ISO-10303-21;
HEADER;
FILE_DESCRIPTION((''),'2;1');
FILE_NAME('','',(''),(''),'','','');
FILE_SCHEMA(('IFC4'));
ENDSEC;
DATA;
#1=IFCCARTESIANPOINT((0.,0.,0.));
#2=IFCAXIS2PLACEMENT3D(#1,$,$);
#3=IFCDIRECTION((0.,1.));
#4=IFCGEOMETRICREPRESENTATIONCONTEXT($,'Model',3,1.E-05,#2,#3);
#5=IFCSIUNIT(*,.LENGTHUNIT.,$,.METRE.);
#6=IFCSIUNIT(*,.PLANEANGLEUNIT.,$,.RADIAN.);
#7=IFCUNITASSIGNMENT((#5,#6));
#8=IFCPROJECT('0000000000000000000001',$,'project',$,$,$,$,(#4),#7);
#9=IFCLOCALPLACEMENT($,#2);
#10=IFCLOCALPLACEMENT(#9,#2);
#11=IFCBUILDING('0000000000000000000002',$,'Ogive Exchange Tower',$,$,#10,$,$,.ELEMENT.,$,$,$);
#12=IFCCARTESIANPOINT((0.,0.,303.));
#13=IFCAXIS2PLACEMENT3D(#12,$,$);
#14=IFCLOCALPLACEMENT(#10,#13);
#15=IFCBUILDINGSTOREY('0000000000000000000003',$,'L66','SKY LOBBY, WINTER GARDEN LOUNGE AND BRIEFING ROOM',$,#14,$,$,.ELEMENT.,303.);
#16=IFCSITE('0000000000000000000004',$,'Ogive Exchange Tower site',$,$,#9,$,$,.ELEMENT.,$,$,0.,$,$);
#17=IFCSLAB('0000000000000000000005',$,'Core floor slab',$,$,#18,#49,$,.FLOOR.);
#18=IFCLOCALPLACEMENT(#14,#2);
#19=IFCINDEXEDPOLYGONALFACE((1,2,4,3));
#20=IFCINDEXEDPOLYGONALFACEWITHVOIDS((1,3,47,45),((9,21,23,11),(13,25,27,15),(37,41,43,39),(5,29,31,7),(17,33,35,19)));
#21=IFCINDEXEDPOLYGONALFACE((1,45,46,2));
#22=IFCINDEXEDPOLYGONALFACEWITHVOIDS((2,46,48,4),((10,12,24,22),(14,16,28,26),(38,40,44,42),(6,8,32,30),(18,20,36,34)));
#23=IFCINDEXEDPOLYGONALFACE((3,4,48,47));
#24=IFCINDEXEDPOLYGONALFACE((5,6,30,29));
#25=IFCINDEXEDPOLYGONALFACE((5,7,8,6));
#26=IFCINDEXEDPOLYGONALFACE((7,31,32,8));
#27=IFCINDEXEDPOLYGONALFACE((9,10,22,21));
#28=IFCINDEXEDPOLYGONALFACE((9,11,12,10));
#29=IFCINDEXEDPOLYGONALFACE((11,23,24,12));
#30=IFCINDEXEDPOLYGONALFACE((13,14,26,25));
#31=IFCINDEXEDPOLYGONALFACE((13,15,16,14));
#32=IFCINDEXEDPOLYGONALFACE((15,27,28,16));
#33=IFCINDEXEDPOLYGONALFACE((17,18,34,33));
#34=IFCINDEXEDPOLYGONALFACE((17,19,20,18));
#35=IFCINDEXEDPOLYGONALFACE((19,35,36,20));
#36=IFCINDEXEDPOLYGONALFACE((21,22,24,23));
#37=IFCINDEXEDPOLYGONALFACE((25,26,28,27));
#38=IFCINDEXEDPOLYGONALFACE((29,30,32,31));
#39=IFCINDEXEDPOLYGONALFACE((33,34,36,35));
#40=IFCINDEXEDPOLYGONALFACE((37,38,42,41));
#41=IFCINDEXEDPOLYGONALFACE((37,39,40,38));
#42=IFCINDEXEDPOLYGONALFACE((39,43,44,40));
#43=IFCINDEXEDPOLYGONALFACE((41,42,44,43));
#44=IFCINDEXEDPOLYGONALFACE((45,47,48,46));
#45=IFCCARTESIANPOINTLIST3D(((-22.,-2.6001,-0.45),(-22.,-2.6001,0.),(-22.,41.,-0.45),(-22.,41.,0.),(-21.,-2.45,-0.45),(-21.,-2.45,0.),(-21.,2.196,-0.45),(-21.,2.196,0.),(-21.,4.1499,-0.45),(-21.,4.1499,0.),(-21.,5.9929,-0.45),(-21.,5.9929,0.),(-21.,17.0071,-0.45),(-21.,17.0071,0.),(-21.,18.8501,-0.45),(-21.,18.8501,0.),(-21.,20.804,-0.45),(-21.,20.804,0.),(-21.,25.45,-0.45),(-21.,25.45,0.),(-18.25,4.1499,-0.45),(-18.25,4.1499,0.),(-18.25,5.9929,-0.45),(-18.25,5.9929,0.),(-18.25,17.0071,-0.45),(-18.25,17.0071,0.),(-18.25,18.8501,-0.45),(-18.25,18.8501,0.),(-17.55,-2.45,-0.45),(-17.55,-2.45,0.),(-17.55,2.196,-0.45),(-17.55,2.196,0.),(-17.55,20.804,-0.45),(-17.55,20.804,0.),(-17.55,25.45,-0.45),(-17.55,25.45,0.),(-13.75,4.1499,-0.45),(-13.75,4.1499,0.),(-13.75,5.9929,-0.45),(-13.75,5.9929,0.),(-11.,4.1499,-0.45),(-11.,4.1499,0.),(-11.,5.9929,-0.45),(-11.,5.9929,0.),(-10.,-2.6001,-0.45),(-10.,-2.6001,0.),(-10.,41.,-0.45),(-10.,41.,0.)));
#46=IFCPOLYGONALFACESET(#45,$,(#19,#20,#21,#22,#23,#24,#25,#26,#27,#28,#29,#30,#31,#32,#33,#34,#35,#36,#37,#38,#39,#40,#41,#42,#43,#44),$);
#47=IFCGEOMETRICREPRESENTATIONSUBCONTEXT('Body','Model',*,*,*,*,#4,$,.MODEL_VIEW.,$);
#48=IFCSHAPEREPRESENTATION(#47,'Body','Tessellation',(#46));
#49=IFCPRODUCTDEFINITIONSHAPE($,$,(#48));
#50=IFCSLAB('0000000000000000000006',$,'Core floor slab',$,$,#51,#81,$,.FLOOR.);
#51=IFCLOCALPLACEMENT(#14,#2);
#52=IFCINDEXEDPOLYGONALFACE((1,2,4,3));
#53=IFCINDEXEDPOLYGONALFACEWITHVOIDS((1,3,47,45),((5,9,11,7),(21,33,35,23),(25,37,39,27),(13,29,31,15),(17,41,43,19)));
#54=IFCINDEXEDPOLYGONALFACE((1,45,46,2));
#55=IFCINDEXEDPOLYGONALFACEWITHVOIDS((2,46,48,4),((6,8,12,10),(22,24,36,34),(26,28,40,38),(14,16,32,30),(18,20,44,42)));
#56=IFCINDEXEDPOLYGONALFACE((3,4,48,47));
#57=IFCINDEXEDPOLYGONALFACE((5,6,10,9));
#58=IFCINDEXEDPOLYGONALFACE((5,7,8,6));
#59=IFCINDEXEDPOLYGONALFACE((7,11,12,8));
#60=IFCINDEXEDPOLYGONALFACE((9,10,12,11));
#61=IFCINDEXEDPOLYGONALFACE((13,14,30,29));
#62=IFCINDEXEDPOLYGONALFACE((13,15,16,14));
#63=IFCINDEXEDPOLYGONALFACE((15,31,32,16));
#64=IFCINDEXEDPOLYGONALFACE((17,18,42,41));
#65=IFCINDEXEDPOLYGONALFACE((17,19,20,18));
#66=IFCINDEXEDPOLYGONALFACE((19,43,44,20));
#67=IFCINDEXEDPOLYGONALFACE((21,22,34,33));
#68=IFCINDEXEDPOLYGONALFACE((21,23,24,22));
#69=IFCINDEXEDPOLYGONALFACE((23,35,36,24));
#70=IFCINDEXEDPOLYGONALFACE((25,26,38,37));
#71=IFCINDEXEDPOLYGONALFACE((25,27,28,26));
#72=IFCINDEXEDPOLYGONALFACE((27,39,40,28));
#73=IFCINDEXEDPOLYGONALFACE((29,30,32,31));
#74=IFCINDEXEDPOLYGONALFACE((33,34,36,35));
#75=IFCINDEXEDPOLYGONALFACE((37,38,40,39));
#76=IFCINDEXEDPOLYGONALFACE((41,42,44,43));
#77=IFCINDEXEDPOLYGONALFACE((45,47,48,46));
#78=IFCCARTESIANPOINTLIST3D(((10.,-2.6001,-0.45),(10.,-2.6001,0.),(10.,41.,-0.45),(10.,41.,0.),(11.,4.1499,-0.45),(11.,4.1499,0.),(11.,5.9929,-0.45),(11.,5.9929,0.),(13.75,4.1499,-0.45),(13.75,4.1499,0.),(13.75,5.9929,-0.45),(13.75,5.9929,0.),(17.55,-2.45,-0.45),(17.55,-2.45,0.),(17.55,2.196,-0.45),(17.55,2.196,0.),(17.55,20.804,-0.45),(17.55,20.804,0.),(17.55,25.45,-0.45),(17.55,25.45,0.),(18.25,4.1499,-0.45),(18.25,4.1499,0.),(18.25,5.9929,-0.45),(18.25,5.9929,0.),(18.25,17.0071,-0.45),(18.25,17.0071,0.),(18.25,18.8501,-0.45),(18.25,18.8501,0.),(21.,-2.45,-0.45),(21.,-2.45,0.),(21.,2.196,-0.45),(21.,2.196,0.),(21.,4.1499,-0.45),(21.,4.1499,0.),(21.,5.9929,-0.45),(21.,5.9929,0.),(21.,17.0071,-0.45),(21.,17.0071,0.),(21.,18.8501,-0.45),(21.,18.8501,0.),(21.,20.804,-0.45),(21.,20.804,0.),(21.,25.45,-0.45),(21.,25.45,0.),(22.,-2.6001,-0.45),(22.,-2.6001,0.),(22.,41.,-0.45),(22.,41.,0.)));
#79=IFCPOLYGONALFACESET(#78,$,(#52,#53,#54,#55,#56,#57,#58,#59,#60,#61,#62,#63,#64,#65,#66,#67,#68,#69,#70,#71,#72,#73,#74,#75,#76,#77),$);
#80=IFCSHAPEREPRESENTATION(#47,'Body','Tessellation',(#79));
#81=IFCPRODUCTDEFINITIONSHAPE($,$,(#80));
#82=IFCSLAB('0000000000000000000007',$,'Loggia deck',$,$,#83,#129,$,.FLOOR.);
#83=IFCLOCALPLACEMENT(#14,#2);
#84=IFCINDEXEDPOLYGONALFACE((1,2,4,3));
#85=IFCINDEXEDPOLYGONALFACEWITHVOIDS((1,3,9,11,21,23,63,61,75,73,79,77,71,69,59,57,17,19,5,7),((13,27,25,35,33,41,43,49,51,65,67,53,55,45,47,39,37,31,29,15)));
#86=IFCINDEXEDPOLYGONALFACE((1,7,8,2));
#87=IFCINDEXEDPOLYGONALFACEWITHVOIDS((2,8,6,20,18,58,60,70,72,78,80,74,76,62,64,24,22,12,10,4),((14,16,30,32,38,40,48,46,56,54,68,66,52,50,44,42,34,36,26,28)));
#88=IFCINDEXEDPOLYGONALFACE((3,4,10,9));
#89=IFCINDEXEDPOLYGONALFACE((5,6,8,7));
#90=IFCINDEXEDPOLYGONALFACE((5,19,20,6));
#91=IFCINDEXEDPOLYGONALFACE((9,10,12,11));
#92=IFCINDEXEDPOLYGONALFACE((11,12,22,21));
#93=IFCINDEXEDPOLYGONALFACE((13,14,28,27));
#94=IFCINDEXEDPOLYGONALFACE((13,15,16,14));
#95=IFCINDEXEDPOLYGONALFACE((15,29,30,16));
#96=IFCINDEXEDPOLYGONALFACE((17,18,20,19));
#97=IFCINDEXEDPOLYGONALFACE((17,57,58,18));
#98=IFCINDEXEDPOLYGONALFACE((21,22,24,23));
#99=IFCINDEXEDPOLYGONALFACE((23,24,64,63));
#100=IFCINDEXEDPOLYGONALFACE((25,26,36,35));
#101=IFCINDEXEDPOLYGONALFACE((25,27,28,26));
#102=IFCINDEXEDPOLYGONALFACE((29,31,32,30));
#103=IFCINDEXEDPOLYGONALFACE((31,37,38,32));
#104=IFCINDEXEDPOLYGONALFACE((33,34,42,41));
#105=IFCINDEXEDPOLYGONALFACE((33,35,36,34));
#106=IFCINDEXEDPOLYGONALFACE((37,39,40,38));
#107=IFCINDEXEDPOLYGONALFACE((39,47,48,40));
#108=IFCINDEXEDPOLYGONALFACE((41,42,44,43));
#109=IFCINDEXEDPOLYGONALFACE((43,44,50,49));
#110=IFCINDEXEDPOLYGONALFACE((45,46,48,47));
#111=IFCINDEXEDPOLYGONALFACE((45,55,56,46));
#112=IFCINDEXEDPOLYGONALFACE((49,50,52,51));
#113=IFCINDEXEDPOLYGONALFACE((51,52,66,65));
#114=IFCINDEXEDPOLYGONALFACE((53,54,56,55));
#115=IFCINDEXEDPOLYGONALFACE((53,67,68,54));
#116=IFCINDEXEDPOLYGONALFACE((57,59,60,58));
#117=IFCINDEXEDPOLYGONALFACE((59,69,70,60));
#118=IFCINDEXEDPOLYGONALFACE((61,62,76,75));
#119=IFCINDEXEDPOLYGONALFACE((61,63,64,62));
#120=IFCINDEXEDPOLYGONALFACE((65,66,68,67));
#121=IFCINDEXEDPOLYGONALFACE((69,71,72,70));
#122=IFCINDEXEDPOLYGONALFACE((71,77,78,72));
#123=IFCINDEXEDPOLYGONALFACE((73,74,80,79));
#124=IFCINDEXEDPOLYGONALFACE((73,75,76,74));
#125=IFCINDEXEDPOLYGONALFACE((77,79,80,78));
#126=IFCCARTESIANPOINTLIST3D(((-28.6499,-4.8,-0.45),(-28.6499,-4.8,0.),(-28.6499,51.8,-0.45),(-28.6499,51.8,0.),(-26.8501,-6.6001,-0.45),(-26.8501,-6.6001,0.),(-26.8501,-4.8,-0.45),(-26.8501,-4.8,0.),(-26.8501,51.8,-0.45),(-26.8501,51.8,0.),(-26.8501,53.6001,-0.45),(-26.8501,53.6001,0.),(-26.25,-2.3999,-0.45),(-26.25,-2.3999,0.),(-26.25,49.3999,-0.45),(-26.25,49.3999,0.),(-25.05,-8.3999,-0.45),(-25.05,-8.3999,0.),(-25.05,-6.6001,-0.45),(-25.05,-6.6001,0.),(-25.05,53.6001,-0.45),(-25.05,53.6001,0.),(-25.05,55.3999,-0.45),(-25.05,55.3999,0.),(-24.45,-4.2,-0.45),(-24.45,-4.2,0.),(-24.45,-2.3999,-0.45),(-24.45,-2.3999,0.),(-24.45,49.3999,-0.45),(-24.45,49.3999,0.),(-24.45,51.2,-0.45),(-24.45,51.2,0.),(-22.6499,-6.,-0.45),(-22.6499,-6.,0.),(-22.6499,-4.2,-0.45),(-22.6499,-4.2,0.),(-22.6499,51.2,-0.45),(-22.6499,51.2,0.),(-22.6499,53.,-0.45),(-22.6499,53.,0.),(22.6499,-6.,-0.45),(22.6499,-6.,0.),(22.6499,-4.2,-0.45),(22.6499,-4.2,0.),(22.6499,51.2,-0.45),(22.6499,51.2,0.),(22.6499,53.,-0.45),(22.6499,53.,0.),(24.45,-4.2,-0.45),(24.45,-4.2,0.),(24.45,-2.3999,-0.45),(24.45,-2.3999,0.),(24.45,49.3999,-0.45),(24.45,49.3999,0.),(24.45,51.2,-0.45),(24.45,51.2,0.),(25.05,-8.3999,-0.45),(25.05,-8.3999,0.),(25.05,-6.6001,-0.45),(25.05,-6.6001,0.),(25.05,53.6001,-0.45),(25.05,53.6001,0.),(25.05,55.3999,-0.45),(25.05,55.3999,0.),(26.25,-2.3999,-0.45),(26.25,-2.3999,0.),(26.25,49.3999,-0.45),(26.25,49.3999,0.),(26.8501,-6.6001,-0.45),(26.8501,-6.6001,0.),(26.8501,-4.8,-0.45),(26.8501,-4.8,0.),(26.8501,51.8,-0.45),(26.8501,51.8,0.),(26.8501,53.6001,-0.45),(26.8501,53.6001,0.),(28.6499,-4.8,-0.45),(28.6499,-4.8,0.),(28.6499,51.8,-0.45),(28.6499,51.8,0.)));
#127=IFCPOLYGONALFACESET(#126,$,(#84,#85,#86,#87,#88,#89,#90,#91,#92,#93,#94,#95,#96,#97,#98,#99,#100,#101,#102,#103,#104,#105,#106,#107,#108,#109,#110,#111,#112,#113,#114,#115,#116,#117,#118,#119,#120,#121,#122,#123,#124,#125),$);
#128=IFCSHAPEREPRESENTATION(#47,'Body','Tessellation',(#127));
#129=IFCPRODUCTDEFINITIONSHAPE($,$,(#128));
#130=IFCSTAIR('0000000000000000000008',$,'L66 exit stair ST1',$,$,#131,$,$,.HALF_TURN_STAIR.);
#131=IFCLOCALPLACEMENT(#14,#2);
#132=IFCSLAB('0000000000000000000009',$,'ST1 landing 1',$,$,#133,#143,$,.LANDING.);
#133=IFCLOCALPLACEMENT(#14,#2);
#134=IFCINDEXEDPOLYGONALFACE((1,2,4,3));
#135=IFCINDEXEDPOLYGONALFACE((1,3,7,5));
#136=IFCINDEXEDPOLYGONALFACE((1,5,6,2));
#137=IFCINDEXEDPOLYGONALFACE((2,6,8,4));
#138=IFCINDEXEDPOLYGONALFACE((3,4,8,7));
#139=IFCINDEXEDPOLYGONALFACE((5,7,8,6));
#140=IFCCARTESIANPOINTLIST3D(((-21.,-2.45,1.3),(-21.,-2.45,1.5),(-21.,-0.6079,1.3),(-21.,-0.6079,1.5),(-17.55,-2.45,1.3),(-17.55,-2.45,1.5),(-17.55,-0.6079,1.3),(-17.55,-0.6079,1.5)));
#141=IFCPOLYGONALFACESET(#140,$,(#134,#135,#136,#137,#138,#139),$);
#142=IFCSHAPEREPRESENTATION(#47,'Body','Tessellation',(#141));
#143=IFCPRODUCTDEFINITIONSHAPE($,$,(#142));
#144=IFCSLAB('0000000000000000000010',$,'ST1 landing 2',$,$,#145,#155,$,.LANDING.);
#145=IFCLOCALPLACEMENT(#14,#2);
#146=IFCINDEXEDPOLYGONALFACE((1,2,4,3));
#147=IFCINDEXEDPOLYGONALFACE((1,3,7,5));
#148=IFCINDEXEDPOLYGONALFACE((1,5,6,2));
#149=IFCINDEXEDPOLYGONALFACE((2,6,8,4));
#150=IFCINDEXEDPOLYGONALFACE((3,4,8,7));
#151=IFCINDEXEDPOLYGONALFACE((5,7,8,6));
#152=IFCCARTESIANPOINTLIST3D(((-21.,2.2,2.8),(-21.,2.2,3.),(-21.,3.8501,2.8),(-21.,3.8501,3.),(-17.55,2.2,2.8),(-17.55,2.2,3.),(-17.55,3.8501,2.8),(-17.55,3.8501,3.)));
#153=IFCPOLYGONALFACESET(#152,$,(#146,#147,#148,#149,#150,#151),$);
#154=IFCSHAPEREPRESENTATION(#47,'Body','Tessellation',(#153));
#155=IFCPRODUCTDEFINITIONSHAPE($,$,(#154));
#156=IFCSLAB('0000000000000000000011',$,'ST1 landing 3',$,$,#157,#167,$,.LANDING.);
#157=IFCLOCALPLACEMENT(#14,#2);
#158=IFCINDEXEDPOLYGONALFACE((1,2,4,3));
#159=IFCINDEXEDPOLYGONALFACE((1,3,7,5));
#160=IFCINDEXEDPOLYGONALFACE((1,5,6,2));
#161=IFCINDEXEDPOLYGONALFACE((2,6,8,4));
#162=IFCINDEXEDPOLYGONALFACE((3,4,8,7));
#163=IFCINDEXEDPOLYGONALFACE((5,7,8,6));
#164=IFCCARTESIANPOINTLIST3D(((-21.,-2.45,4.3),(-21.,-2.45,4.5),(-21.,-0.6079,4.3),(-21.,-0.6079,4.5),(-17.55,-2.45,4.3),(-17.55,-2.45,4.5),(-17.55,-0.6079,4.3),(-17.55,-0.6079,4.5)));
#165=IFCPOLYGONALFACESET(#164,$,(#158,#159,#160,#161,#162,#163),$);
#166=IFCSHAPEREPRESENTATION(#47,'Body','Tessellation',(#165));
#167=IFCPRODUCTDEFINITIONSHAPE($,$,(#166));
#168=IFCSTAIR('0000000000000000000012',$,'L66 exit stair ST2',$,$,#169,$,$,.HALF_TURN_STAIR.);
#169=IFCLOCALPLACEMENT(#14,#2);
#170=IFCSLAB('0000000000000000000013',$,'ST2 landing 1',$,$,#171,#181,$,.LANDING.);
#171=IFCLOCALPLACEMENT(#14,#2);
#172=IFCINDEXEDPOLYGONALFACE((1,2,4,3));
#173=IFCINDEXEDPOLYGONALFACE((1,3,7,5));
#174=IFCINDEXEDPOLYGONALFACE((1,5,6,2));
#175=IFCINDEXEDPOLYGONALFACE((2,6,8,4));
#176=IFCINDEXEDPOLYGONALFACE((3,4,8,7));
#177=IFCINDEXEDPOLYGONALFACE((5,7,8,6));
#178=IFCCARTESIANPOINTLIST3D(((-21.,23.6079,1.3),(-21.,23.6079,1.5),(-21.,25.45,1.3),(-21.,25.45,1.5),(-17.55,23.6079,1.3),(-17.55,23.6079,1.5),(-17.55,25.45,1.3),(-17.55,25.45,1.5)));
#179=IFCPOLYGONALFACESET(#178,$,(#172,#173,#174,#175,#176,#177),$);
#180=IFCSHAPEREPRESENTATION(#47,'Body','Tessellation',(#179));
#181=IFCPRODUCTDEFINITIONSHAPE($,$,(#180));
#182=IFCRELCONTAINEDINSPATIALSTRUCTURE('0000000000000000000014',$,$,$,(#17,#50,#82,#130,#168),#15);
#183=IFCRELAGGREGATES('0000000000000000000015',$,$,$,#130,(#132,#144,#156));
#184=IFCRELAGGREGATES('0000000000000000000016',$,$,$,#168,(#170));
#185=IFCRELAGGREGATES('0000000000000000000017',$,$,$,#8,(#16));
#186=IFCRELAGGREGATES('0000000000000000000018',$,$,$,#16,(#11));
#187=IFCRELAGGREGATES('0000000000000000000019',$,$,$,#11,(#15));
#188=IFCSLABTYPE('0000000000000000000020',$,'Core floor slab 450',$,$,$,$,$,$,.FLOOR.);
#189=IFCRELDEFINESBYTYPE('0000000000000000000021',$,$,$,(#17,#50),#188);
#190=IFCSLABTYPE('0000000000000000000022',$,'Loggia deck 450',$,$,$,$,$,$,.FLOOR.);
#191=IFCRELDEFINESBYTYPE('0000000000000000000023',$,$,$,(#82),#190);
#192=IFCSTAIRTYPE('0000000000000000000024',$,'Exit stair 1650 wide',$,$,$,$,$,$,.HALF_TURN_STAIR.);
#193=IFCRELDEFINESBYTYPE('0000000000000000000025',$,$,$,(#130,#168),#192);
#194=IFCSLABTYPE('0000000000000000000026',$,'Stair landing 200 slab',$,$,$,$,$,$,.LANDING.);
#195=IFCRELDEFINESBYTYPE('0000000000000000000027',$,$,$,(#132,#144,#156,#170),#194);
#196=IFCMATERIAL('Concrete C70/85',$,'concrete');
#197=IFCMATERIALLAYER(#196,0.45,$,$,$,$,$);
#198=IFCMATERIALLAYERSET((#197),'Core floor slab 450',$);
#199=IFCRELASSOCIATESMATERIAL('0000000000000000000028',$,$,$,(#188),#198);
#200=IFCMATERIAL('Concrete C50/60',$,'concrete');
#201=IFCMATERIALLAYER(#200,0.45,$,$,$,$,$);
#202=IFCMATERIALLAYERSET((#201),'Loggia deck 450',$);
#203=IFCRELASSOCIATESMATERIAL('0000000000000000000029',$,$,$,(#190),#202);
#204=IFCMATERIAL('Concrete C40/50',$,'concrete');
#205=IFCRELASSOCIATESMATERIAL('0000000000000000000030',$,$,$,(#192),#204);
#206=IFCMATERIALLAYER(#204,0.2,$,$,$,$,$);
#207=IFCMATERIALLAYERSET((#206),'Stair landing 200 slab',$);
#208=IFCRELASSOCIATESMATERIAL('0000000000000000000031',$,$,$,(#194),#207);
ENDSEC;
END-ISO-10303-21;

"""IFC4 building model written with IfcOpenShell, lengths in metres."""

from ifc_helpers import new_model, si_unit, direction, frame, origin, place, context, subcontext, project, spatial, polyline, outline, extrude, material, layer, layer_set, type_object, element, aggregate, save


model = new_model("IFC4")

# Units and contexts
model_context = context("Model", 3, precision=1e-05, world=origin(), true_north=direction((0.0, 1.0)))
body_context = subcontext(model_context, "Body", "Model", "MODEL_VIEW")
ifc_project = project(units=[si_unit("LENGTHUNIT", "METRE"), si_unit("PLANEANGLEUNIT", "RADIAN")], contexts=[model_context])

# Site, building, storey
site_placement = place(None, origin())
site = spatial("IfcSite", under=ifc_project, at=site_placement, Name="Ogive Exchange Tower site", CompositionType="ELEMENT", RefElevation=0.0)
building_placement = place(site_placement, origin())
building = spatial("IfcBuilding", under=site, at=building_placement, Name="Ogive Exchange Tower", CompositionType="ELEMENT")
storey_placement = place(building_placement, frame((0.0, 0.0, 303.0)))
storey = spatial("IfcBuildingStorey", under=building, at=storey_placement, Name="L66", Description="SKY LOBBY, WINTER GARDEN LOUNGE AND BRIEFING ROOM", CompositionType="ELEMENT", Elevation=303.0)

# Slabs
ifc_material_1 = material(Name="Concrete C70/85", Category="concrete")
ifc_layer_1 = layer(ifc_material_1, 0.45)
ifc_layer_set_1 = layer_set([ifc_layer_1], Name="Core floor slab 450")
slab_type_1 = type_object("IfcSlabType", Name="Core floor slab 450", PredefinedType="FLOOR", material=ifc_layer_set_1)
slab_1_placement = place(storey_placement, frame((0.0, 0.0, -0.45)))
element("IfcSlab", 1, at=slab_1_placement, inside=storey, type_object=slab_type_1, Name="Core floor slab", PredefinedType="FLOOR", context=body_context, shape_type="SweptSolid", body=[
    extrude(outline(polyline([(-22.0, -2.6001), (-22.0, 41.0), (-10.0, 41.0), (-10.0, -2.6001), (-22.0, -2.6001)]), holes=[polyline([(-17.55, 2.196), (-21.0, 2.196), (-21.0, -2.45), (-17.55, -2.45), (-17.55, 2.196)]), polyline([(-21.0, 5.9929), (-21.0, 4.1499), (-18.25, 4.1499), (-18.25, 5.9929), (-21.0, 5.9929)]), polyline([(-13.75, 5.9929), (-13.75, 4.1499), (-11.0, 4.1499), (-11.0, 5.9929), (-13.75, 5.9929)]), polyline([(-18.25, 18.8501), (-21.0, 18.8501), (-21.0, 17.0071), (-18.25, 17.0071), (-18.25, 18.8501)]), polyline([(-21.0, 25.45), (-21.0, 20.804), (-17.55, 20.804), (-17.55, 25.45), (-21.0, 25.45)])]), origin(), (0.0, 0.0, 1.0), 0.45),
])
slab_2_placement = place(storey_placement, frame((0.0, 0.0, -0.45)))
element("IfcSlab", 2, at=slab_2_placement, inside=storey, type_object=slab_type_1, Name="Core floor slab", PredefinedType="FLOOR", context=body_context, shape_type="SweptSolid", body=[
    extrude(outline(polyline([(10.0, -2.6001), (10.0, 41.0), (22.0, 41.0), (22.0, -2.6001), (10.0, -2.6001)]), holes=[polyline([(21.0, 2.196), (17.55, 2.196), (17.55, -2.45), (21.0, -2.45), (21.0, 2.196)]), polyline([(11.0, 5.9929), (11.0, 4.1499), (13.75, 4.1499), (13.75, 5.9929), (11.0, 5.9929)]), polyline([(18.25, 5.9929), (18.25, 4.1499), (21.0, 4.1499), (21.0, 5.9929), (18.25, 5.9929)]), polyline([(21.0, 18.8501), (18.25, 18.8501), (18.25, 17.0071), (21.0, 17.0071), (21.0, 18.8501)]), polyline([(17.55, 25.45), (17.55, 20.804), (21.0, 20.804), (21.0, 25.45), (17.55, 25.45)])]), origin(), (0.0, 0.0, 1.0), 0.45),
])
ifc_material_2 = material(Name="Concrete C50/60", Category="concrete")
ifc_layer_2 = layer(ifc_material_2, 0.45)
ifc_layer_set_2 = layer_set([ifc_layer_2], Name="Loggia deck 450")
slab_type_2 = type_object("IfcSlabType", Name="Loggia deck 450", PredefinedType="FLOOR", material=ifc_layer_set_2)
slab_3_placement = place(storey_placement, frame((0.0, 0.0, -0.45)))
element("IfcSlab", 3, at=slab_3_placement, inside=storey, type_object=slab_type_2, Name="Loggia deck", PredefinedType="FLOOR", context=body_context, shape_type="SweptSolid", body=[
    extrude(outline(polyline([(-26.8501, -6.6001), (-26.8501, -4.8), (-28.6499, -4.8), (-28.6499, 51.8), (-26.8501, 51.8), (-26.8501, 53.6001), (-25.05, 53.6001), (-25.05, 55.3999), (25.05, 55.3999), (25.05, 53.6001), (26.8501, 53.6001), (26.8501, 51.8), (28.6499, 51.8), (28.6499, -4.8), (26.8501, -4.8), (26.8501, -6.6001), (25.05, -6.6001), (25.05, -8.3999), (-25.05, -8.3999), (-25.05, -6.6001), (-26.8501, -6.6001)]), holes=[polyline([(22.6499, -4.2), (24.45, -4.2), (24.45, -2.3999), (26.25, -2.3999), (26.25, 49.3999), (24.45, 49.3999), (24.45, 51.2), (22.6499, 51.2), (22.6499, 53.0), (-22.6499, 53.0), (-22.6499, 51.2), (-24.45, 51.2), (-24.45, 49.3999), (-26.25, 49.3999), (-26.25, -2.3999), (-24.45, -2.3999), (-24.45, -4.2), (-22.6499, -4.2), (-22.6499, -6.0), (22.6499, -6.0), (22.6499, -4.2)])]), origin(), (0.0, 0.0, 1.0), 0.45),
])

# Stair, slabs
ifc_material_3 = material(Name="Concrete C40/50", Category="concrete")
stair_type = type_object("IfcStairType", Name="Exit stair 1650 wide", PredefinedType="HALF_TURN_STAIR", material=ifc_material_3)
stair_1_placement = place(storey_placement, origin())
stair_1 = element("IfcStair", 4, at=stair_1_placement, inside=storey, type_object=stair_type, Name="L66 exit stair ST1", PredefinedType="HALF_TURN_STAIR")
ifc_layer_3 = layer(ifc_material_3, 0.2)
ifc_layer_set_3 = layer_set([ifc_layer_3], Name="Stair landing 200 slab")
slab_type_3 = type_object("IfcSlabType", Name="Stair landing 200 slab", PredefinedType="LANDING", material=ifc_layer_set_3)
slab_4_placement = place(storey_placement, frame((0.0, 0.0, 1.3)))
slab_4 = element("IfcSlab", 5, at=slab_4_placement, type_object=slab_type_3, Name="ST1 landing 1", PredefinedType="LANDING", context=body_context, shape_type="SweptSolid", body=[
    extrude(outline(polyline([(-21.0, -0.6079), (-21.0, -2.45), (-17.55, -2.45), (-17.55, -0.6079), (-21.0, -0.6079)])), origin(), (0.0, 0.0, 1.0), 0.2),
])
slab_5_placement = place(storey_placement, frame((0.0, 0.0, 2.8)))
slab_5 = element("IfcSlab", 6, at=slab_5_placement, type_object=slab_type_3, Name="ST1 landing 2", PredefinedType="LANDING", context=body_context, shape_type="SweptSolid", body=[
    extrude(outline(polyline([(-21.0, 3.8501), (-21.0, 2.2), (-17.55, 2.2), (-17.55, 3.8501), (-21.0, 3.8501)])), origin(), (0.0, 0.0, 1.0), 0.2),
])
slab_6_placement = place(storey_placement, frame((0.0, 0.0, 4.3)))
slab_6 = element("IfcSlab", 7, at=slab_6_placement, type_object=slab_type_3, Name="ST1 landing 3", PredefinedType="LANDING", context=body_context, shape_type="SweptSolid", body=[
    extrude(outline(polyline([(-21.0, -0.6079), (-21.0, -2.45), (-17.55, -2.45), (-17.55, -0.6079), (-21.0, -0.6079)])), origin(), (0.0, 0.0, 1.0), 0.2),
])
aggregate(stair_1, [slab_4, slab_5, slab_6])

# Stair, slab
stair_2_placement = place(storey_placement, origin())
stair_2 = element("IfcStair", 8, at=stair_2_placement, inside=storey, type_object=stair_type, Name="L66 exit stair ST2", PredefinedType="HALF_TURN_STAIR")
slab_7_placement = place(storey_placement, frame((0.0, 0.0, 1.3)))
slab_7 = element("IfcSlab", 9, at=slab_7_placement, type_object=slab_type_3, Name="ST2 landing 1", PredefinedType="LANDING", context=body_context, shape_type="SweptSolid", body=[
    extrude(outline(polyline([(-17.55, 23.6079), (-17.55, 25.45), (-21.0, 25.45), (-21.0, 23.6079), (-17.55, 23.6079)])), origin(), (0.0, 0.0, 1.0), 0.2),
])
aggregate(stair_2, [slab_7])

save(model, "model.ifc")
